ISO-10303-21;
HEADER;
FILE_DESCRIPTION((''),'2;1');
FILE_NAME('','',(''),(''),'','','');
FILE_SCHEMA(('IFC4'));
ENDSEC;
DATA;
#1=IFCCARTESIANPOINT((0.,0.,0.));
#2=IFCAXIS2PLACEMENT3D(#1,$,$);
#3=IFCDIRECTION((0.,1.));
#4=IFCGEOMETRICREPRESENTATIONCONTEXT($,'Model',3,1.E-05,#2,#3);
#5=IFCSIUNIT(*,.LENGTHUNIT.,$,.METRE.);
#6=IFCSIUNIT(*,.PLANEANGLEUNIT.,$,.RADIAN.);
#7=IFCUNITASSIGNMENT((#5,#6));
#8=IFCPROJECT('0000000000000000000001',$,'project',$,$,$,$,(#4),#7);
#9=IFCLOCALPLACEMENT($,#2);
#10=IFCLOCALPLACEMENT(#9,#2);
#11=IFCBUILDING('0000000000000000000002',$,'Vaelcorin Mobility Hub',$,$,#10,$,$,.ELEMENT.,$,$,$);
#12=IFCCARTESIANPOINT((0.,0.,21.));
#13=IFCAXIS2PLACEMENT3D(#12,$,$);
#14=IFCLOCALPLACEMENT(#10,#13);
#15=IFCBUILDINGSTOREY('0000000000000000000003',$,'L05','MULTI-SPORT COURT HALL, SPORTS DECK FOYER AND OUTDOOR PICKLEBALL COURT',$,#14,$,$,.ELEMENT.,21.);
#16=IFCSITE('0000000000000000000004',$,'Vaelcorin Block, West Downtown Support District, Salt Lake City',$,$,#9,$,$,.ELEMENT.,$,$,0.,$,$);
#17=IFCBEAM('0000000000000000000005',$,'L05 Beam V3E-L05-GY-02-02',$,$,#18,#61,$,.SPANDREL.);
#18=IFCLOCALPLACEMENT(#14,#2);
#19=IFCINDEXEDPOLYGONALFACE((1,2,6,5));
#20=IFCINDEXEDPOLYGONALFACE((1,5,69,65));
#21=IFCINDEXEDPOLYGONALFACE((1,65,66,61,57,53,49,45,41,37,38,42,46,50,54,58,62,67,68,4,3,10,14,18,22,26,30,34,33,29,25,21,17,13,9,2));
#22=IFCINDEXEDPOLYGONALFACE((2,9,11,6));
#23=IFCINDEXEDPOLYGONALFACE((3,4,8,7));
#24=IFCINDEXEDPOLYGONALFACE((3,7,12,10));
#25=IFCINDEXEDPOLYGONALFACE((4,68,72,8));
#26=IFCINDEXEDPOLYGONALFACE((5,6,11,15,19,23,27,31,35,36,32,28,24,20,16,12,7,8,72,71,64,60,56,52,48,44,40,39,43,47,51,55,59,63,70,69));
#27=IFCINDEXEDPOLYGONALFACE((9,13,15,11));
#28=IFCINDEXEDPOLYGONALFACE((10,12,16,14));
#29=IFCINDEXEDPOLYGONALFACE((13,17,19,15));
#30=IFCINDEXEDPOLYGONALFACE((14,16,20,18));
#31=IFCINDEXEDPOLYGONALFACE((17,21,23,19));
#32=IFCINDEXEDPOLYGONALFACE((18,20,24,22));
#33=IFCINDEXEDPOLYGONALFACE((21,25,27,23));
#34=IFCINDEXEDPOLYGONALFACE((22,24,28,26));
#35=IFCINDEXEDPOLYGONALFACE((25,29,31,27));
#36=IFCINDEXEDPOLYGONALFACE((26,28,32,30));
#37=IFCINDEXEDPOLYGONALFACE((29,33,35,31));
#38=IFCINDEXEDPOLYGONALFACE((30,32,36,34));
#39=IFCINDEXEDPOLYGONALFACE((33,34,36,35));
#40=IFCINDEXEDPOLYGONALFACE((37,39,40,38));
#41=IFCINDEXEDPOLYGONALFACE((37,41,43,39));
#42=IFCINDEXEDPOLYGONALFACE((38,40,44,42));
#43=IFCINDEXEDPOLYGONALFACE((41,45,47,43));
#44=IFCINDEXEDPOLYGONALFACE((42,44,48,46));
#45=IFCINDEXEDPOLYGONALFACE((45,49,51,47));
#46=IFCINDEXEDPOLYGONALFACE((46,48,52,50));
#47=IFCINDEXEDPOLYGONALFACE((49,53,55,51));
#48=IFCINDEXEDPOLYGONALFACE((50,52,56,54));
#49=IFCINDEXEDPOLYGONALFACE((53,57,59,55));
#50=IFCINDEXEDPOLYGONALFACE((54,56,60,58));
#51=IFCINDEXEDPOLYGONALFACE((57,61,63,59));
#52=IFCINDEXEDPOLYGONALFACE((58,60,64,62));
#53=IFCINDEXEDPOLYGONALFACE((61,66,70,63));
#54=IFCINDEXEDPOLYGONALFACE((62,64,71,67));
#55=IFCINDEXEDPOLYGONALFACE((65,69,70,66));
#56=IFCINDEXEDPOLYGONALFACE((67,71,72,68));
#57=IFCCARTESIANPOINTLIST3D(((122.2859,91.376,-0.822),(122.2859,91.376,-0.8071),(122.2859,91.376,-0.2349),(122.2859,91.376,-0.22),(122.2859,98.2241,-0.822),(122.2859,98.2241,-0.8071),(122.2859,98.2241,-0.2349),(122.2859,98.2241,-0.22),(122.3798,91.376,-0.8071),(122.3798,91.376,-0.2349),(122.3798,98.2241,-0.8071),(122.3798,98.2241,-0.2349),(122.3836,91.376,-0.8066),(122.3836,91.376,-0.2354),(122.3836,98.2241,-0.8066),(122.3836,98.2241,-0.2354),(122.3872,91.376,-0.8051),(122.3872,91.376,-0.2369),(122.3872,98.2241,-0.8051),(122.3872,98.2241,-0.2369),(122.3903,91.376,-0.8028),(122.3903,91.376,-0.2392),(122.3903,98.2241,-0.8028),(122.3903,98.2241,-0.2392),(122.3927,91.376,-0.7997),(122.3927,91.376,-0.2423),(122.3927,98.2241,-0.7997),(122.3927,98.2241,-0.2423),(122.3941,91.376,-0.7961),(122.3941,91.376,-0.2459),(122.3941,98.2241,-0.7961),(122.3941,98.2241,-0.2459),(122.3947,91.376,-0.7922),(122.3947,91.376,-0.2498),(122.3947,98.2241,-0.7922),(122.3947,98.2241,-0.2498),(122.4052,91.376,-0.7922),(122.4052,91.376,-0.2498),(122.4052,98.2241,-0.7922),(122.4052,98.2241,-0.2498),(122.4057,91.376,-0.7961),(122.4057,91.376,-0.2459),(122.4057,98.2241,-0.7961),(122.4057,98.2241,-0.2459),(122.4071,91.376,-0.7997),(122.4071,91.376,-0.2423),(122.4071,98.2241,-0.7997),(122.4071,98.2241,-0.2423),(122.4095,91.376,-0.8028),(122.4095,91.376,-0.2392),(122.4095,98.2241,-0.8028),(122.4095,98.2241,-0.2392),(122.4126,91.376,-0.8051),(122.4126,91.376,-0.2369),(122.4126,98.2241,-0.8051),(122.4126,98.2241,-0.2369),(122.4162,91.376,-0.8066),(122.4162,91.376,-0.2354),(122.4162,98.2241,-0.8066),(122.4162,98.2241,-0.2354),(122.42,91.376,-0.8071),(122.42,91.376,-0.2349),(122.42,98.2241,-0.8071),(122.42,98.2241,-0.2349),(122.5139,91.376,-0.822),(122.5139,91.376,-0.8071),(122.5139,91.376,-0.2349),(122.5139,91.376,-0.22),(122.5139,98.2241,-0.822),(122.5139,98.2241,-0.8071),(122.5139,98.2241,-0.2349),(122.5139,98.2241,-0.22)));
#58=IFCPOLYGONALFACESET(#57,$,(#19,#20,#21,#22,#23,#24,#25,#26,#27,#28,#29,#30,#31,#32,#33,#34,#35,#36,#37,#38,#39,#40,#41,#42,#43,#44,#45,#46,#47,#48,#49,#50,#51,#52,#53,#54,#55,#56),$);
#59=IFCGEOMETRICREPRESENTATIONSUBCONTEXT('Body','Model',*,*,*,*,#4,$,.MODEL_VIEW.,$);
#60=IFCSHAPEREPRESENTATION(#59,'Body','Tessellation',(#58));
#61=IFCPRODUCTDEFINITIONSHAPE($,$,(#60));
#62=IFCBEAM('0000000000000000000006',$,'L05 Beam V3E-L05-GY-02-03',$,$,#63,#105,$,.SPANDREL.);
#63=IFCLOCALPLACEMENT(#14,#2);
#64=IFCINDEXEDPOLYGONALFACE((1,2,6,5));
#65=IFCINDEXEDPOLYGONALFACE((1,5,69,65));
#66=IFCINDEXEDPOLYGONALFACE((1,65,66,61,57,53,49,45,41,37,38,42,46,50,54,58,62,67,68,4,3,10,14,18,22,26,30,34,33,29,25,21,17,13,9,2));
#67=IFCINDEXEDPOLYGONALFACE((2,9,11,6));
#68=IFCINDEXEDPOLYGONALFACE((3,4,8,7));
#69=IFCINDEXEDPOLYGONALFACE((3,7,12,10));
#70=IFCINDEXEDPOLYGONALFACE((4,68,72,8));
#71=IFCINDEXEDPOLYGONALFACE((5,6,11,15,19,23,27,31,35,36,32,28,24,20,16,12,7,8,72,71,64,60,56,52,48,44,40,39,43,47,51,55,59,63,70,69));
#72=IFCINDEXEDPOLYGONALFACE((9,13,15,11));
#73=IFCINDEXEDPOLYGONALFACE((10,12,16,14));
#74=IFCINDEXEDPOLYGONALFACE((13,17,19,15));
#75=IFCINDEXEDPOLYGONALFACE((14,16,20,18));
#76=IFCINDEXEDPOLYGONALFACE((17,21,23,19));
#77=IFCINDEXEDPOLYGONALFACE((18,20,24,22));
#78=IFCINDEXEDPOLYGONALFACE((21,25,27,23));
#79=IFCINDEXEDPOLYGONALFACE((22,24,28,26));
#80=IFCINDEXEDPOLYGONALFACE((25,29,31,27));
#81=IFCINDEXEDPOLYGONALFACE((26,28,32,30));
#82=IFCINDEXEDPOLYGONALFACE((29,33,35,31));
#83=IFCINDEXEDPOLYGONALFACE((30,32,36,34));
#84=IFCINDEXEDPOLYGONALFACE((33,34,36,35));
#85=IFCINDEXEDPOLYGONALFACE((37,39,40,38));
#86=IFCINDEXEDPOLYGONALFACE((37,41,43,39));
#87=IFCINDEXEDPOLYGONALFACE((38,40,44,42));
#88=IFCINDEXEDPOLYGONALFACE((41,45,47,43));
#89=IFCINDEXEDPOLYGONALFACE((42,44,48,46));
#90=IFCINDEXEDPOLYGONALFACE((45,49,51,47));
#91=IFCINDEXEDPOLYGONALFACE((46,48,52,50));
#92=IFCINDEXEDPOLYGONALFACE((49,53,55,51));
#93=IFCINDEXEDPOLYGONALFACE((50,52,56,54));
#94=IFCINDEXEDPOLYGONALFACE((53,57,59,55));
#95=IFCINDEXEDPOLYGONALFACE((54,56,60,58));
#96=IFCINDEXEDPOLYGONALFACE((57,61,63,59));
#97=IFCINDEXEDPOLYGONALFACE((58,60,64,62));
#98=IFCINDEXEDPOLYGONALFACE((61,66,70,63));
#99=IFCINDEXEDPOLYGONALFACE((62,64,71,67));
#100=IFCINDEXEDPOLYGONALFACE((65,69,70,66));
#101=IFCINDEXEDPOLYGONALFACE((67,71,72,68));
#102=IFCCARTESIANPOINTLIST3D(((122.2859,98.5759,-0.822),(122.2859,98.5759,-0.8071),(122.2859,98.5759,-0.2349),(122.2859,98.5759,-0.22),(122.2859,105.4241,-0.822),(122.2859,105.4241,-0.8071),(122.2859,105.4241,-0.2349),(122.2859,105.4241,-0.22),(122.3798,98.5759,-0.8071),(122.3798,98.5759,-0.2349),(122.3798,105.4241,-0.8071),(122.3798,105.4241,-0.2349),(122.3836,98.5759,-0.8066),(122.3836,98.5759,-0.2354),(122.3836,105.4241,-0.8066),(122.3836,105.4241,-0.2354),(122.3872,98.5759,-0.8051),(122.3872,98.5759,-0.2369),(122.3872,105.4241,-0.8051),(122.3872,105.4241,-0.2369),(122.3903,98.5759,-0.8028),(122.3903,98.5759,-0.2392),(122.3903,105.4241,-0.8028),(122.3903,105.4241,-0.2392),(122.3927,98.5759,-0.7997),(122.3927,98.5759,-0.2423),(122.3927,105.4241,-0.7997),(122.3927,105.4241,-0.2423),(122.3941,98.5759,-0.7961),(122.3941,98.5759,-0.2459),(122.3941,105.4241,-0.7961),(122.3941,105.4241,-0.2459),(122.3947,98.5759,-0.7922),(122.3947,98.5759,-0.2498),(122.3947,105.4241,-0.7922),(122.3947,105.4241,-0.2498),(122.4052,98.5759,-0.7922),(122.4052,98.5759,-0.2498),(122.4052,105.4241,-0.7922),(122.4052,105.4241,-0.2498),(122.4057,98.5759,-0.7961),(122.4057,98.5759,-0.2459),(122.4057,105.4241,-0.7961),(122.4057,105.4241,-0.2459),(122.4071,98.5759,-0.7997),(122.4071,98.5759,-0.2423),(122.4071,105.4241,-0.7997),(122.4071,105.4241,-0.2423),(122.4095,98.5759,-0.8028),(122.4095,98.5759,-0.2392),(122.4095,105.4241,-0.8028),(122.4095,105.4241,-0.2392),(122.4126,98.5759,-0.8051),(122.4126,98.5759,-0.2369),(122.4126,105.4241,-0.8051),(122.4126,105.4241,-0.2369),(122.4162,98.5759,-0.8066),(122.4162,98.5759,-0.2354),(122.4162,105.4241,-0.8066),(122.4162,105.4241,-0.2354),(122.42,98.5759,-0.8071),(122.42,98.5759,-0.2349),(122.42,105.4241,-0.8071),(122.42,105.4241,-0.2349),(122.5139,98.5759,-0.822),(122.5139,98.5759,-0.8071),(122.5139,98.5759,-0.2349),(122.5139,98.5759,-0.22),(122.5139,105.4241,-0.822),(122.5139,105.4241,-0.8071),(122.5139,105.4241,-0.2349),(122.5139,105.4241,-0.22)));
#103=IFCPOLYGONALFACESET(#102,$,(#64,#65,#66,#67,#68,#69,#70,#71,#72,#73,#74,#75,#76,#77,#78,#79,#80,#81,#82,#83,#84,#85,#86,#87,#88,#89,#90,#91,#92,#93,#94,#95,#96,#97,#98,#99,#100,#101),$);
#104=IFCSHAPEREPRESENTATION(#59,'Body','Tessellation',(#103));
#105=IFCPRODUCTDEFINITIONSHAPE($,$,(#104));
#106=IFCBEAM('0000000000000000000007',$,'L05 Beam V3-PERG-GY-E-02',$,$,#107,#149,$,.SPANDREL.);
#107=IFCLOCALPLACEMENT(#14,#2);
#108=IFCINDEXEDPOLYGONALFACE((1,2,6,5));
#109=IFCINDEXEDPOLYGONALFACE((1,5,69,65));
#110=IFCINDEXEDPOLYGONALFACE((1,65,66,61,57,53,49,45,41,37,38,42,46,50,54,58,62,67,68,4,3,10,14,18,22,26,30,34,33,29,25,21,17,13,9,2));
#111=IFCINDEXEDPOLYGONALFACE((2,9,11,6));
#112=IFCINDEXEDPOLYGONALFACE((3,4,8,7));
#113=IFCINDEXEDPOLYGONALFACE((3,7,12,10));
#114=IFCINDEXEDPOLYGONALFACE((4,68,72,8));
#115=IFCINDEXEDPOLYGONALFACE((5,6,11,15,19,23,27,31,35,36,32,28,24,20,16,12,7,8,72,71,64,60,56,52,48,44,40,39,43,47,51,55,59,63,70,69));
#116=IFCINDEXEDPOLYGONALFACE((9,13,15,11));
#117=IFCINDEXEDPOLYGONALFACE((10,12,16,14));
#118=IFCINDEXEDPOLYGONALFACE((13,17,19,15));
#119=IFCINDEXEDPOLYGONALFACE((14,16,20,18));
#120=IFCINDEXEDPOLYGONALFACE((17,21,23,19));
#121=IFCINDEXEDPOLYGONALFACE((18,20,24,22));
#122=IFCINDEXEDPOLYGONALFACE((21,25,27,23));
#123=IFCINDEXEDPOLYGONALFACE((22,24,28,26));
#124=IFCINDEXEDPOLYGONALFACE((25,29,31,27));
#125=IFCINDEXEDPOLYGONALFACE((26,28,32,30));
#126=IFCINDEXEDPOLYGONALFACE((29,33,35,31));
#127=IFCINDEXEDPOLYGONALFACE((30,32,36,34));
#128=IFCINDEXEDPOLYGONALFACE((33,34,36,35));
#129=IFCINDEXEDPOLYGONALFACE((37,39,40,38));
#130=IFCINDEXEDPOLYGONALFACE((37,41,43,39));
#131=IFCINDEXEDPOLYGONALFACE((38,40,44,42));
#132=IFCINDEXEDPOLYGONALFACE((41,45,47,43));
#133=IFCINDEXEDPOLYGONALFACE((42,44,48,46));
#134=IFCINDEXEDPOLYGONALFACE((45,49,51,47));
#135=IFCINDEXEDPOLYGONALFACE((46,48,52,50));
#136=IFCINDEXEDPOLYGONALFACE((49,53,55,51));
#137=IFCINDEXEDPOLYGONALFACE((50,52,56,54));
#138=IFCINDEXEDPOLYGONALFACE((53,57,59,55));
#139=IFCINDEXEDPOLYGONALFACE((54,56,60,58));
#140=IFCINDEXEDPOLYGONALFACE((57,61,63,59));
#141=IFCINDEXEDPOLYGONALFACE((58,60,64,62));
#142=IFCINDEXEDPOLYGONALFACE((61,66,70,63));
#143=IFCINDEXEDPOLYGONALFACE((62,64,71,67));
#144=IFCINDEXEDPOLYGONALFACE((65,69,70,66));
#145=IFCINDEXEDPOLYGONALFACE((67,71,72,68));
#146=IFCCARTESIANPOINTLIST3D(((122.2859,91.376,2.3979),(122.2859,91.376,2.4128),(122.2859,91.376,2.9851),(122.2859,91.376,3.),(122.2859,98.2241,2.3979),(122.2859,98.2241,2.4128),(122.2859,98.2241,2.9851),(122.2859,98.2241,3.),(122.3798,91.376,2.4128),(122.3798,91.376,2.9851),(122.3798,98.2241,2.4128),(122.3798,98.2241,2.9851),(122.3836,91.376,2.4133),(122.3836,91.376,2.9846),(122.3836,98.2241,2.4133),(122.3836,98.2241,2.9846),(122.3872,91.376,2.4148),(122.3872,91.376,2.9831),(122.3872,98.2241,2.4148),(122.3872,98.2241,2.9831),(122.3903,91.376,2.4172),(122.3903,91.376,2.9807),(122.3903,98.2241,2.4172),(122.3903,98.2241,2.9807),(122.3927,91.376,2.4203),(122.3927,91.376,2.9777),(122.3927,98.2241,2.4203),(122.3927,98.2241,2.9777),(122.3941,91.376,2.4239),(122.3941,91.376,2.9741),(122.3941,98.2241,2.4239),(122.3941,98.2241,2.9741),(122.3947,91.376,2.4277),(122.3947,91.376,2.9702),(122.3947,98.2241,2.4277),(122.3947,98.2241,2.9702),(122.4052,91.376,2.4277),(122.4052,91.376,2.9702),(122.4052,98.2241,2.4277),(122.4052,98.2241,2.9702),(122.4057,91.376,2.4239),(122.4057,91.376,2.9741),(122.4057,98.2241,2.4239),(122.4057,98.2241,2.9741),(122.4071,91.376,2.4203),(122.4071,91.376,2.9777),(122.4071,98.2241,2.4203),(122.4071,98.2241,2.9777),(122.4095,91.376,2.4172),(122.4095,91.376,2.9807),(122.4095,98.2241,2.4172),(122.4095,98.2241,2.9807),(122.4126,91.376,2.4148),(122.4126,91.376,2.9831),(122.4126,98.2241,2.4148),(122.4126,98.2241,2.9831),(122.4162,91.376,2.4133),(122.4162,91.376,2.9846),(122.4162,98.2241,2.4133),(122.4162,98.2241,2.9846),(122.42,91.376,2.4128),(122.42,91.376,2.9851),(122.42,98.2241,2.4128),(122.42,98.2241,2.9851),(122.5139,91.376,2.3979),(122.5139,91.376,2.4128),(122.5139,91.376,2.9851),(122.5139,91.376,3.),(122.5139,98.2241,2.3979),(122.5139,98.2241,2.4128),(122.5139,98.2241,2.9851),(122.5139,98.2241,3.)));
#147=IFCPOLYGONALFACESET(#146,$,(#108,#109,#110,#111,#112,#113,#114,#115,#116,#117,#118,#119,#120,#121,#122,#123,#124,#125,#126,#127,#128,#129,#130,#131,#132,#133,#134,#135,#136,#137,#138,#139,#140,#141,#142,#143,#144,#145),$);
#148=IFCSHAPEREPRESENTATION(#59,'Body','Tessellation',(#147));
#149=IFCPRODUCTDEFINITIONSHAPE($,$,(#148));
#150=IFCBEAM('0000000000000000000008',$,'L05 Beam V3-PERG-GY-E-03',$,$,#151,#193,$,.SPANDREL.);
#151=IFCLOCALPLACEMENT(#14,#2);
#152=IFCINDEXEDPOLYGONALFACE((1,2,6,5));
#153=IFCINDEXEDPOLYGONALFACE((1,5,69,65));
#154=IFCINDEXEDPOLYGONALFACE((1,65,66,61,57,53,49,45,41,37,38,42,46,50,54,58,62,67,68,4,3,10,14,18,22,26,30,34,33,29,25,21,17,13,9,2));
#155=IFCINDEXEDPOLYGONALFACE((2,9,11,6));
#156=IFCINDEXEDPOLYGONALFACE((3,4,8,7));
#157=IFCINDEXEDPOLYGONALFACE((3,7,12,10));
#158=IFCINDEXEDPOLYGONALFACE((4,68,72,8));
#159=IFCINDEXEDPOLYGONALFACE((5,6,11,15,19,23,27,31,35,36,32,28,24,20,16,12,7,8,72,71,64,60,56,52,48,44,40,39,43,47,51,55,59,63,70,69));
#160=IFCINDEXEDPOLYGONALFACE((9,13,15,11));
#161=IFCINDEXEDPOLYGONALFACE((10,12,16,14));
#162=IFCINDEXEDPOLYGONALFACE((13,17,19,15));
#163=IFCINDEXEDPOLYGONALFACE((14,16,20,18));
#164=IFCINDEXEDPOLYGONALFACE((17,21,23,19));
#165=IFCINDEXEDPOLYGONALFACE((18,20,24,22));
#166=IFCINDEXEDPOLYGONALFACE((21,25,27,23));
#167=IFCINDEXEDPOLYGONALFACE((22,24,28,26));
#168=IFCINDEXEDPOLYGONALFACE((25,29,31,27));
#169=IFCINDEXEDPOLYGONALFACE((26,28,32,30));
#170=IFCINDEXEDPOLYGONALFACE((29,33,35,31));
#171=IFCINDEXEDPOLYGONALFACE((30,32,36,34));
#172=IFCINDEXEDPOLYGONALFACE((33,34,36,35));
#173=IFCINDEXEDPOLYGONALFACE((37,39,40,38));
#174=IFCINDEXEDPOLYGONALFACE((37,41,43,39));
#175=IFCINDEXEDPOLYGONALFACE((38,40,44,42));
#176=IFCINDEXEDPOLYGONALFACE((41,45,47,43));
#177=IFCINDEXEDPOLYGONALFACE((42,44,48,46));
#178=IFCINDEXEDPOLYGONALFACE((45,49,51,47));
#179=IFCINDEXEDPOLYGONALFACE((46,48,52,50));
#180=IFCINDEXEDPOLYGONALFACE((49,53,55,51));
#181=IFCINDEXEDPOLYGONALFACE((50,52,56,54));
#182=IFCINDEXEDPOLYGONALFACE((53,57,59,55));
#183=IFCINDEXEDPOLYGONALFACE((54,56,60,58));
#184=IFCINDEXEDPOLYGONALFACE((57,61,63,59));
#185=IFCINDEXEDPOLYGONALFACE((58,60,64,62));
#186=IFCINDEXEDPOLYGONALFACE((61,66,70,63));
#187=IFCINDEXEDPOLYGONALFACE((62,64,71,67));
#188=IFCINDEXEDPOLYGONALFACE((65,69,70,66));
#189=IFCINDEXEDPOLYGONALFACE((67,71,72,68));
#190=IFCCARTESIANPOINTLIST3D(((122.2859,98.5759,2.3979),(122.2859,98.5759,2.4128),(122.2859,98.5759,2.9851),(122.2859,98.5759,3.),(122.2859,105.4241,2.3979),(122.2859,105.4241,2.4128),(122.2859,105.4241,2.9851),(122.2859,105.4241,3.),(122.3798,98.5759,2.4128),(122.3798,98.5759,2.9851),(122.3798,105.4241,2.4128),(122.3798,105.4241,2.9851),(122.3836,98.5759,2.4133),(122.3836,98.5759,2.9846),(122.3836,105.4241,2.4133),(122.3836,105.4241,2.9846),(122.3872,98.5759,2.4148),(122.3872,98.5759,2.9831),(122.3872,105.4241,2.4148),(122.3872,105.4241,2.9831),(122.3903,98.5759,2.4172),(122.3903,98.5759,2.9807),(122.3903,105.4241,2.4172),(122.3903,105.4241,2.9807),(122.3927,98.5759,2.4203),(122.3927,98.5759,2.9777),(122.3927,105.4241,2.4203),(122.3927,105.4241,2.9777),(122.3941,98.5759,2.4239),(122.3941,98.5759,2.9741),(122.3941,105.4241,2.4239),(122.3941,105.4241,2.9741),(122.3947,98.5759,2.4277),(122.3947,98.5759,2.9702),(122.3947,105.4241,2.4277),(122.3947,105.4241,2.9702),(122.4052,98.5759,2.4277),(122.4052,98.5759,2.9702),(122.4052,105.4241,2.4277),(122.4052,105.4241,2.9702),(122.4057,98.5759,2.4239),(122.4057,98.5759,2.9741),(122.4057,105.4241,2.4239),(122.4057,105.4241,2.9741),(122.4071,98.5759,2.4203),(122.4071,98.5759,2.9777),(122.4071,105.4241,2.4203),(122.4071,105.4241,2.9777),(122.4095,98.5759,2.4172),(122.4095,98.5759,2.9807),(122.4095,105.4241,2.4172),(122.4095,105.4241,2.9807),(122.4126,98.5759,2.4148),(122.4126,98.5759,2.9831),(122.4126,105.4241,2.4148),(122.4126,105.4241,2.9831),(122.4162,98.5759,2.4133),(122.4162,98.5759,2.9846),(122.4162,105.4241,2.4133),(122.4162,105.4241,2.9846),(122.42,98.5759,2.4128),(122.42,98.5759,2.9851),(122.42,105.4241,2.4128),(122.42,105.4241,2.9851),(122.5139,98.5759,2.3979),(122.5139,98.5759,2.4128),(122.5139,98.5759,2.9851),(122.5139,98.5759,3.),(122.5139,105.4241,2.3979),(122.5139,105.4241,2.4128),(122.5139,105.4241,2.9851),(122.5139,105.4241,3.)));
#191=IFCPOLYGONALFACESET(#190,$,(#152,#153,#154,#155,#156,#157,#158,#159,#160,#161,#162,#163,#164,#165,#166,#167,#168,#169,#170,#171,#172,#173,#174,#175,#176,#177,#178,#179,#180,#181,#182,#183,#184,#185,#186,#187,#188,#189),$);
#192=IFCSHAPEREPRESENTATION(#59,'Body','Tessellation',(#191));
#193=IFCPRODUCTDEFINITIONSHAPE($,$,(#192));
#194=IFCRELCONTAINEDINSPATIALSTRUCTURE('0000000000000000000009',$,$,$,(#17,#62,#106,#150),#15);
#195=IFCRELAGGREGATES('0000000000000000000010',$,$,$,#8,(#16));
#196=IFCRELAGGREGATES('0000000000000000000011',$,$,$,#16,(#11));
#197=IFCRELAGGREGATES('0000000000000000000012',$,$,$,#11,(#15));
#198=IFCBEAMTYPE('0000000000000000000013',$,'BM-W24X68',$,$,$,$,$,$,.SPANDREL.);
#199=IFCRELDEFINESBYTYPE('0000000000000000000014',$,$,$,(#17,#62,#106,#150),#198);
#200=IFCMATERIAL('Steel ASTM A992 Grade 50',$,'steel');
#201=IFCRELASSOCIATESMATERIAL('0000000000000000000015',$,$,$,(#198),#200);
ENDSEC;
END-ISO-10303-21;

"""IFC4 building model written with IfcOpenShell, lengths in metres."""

from ifc_helpers import new_model, si_unit, direction, frame, origin, origin_2d, place, context, subcontext, project, spatial, i_section, extrude, material, material_profile, profile_set, type_object, element, save


model = new_model("IFC4")

# Units and contexts
model_context = context("Model", 3, precision=1e-05, world=origin(), true_north=direction((0.0, 1.0)))
body_context = subcontext(model_context, "Body", "Model", "MODEL_VIEW")
ifc_project = project(units=[si_unit("LENGTHUNIT", "METRE"), si_unit("PLANEANGLEUNIT", "RADIAN")], contexts=[model_context])

# Site, building, storey
site_placement = place(None, origin())
site = spatial("IfcSite", under=ifc_project, at=site_placement, Name="Vaelcorin Block, West Downtown Support District, Salt Lake City", CompositionType="ELEMENT", RefElevation=0.0)
building_placement = place(site_placement, origin())
building = spatial("IfcBuilding", under=site, at=building_placement, Name="Vaelcorin Mobility Hub", CompositionType="ELEMENT")
storey_placement = place(building_placement, frame((0.0, 0.0, 21.0)))
storey = spatial("IfcBuildingStorey", under=building, at=storey_placement, Name="L05", Description="MULTI-SPORT COURT HALL, SPORTS DECK FOYER AND OUTDOOR PICKLEBALL COURT", CompositionType="ELEMENT", Elevation=21.0)

# Shared definitions
ifc_material_1 = material(Name="Steel ASTM A992 Grade 50", Category="steel")

# Beams
ifc_material_profile_1 = material_profile(ifc_material_1, i_section(OverallWidth=0.228, OverallDepth=0.6021, WebThickness=0.0105, FlangeThickness=0.0149, FilletRadius=0.0149, at=origin_2d()), Name="W24X68")
ifc_profile_set_1 = profile_set([ifc_material_profile_1], Name="Steel ASTM A992 Grade 50")
beam_type_1 = type_object("IfcBeamType", Name="BM-W24X68", PredefinedType="SPANDREL", material=ifc_profile_set_1)
for number, where, z_axis, x_axis, name in (
    (1, (122.3999, 91.376, -0.521), (0.0, 1.0, 0.0), (-1.0, 0.0, 0.0), "L05 Beam V3E-L05-GY-02-02"),
    (2, (122.3999, 98.5759, -0.521), (0.0, 1.0, 0.0), (-1.0, 0.0, 0.0), "L05 Beam V3E-L05-GY-02-03"),
    (3, (122.3999, 91.376, 2.699), (0.0, 1.0, 0.0), (-1.0, 0.0, 0.0), "L05 Beam V3-PERG-GY-E-02"),
    (4, (122.3999, 98.5759, 2.699), (0.0, 1.0, 0.0), (-1.0, 0.0, 0.0), "L05 Beam V3-PERG-GY-E-03"),
):
    element("IfcBeam", number, at=place(storey_placement, frame(where, z_axis=z_axis, x_axis=x_axis)), inside=storey, type_object=beam_type_1, Name=name, PredefinedType="SPANDREL", context=body_context, shape_type="SweptSolid", body=[
        extrude(i_section(OverallWidth=0.228, OverallDepth=0.6021, WebThickness=0.0105, FlangeThickness=0.0149, FilletRadius=0.0149, at=origin_2d()), origin(), (0.0, 0.0, 1.0), 6.8481),
    ])

save(model, "model.ifc")
